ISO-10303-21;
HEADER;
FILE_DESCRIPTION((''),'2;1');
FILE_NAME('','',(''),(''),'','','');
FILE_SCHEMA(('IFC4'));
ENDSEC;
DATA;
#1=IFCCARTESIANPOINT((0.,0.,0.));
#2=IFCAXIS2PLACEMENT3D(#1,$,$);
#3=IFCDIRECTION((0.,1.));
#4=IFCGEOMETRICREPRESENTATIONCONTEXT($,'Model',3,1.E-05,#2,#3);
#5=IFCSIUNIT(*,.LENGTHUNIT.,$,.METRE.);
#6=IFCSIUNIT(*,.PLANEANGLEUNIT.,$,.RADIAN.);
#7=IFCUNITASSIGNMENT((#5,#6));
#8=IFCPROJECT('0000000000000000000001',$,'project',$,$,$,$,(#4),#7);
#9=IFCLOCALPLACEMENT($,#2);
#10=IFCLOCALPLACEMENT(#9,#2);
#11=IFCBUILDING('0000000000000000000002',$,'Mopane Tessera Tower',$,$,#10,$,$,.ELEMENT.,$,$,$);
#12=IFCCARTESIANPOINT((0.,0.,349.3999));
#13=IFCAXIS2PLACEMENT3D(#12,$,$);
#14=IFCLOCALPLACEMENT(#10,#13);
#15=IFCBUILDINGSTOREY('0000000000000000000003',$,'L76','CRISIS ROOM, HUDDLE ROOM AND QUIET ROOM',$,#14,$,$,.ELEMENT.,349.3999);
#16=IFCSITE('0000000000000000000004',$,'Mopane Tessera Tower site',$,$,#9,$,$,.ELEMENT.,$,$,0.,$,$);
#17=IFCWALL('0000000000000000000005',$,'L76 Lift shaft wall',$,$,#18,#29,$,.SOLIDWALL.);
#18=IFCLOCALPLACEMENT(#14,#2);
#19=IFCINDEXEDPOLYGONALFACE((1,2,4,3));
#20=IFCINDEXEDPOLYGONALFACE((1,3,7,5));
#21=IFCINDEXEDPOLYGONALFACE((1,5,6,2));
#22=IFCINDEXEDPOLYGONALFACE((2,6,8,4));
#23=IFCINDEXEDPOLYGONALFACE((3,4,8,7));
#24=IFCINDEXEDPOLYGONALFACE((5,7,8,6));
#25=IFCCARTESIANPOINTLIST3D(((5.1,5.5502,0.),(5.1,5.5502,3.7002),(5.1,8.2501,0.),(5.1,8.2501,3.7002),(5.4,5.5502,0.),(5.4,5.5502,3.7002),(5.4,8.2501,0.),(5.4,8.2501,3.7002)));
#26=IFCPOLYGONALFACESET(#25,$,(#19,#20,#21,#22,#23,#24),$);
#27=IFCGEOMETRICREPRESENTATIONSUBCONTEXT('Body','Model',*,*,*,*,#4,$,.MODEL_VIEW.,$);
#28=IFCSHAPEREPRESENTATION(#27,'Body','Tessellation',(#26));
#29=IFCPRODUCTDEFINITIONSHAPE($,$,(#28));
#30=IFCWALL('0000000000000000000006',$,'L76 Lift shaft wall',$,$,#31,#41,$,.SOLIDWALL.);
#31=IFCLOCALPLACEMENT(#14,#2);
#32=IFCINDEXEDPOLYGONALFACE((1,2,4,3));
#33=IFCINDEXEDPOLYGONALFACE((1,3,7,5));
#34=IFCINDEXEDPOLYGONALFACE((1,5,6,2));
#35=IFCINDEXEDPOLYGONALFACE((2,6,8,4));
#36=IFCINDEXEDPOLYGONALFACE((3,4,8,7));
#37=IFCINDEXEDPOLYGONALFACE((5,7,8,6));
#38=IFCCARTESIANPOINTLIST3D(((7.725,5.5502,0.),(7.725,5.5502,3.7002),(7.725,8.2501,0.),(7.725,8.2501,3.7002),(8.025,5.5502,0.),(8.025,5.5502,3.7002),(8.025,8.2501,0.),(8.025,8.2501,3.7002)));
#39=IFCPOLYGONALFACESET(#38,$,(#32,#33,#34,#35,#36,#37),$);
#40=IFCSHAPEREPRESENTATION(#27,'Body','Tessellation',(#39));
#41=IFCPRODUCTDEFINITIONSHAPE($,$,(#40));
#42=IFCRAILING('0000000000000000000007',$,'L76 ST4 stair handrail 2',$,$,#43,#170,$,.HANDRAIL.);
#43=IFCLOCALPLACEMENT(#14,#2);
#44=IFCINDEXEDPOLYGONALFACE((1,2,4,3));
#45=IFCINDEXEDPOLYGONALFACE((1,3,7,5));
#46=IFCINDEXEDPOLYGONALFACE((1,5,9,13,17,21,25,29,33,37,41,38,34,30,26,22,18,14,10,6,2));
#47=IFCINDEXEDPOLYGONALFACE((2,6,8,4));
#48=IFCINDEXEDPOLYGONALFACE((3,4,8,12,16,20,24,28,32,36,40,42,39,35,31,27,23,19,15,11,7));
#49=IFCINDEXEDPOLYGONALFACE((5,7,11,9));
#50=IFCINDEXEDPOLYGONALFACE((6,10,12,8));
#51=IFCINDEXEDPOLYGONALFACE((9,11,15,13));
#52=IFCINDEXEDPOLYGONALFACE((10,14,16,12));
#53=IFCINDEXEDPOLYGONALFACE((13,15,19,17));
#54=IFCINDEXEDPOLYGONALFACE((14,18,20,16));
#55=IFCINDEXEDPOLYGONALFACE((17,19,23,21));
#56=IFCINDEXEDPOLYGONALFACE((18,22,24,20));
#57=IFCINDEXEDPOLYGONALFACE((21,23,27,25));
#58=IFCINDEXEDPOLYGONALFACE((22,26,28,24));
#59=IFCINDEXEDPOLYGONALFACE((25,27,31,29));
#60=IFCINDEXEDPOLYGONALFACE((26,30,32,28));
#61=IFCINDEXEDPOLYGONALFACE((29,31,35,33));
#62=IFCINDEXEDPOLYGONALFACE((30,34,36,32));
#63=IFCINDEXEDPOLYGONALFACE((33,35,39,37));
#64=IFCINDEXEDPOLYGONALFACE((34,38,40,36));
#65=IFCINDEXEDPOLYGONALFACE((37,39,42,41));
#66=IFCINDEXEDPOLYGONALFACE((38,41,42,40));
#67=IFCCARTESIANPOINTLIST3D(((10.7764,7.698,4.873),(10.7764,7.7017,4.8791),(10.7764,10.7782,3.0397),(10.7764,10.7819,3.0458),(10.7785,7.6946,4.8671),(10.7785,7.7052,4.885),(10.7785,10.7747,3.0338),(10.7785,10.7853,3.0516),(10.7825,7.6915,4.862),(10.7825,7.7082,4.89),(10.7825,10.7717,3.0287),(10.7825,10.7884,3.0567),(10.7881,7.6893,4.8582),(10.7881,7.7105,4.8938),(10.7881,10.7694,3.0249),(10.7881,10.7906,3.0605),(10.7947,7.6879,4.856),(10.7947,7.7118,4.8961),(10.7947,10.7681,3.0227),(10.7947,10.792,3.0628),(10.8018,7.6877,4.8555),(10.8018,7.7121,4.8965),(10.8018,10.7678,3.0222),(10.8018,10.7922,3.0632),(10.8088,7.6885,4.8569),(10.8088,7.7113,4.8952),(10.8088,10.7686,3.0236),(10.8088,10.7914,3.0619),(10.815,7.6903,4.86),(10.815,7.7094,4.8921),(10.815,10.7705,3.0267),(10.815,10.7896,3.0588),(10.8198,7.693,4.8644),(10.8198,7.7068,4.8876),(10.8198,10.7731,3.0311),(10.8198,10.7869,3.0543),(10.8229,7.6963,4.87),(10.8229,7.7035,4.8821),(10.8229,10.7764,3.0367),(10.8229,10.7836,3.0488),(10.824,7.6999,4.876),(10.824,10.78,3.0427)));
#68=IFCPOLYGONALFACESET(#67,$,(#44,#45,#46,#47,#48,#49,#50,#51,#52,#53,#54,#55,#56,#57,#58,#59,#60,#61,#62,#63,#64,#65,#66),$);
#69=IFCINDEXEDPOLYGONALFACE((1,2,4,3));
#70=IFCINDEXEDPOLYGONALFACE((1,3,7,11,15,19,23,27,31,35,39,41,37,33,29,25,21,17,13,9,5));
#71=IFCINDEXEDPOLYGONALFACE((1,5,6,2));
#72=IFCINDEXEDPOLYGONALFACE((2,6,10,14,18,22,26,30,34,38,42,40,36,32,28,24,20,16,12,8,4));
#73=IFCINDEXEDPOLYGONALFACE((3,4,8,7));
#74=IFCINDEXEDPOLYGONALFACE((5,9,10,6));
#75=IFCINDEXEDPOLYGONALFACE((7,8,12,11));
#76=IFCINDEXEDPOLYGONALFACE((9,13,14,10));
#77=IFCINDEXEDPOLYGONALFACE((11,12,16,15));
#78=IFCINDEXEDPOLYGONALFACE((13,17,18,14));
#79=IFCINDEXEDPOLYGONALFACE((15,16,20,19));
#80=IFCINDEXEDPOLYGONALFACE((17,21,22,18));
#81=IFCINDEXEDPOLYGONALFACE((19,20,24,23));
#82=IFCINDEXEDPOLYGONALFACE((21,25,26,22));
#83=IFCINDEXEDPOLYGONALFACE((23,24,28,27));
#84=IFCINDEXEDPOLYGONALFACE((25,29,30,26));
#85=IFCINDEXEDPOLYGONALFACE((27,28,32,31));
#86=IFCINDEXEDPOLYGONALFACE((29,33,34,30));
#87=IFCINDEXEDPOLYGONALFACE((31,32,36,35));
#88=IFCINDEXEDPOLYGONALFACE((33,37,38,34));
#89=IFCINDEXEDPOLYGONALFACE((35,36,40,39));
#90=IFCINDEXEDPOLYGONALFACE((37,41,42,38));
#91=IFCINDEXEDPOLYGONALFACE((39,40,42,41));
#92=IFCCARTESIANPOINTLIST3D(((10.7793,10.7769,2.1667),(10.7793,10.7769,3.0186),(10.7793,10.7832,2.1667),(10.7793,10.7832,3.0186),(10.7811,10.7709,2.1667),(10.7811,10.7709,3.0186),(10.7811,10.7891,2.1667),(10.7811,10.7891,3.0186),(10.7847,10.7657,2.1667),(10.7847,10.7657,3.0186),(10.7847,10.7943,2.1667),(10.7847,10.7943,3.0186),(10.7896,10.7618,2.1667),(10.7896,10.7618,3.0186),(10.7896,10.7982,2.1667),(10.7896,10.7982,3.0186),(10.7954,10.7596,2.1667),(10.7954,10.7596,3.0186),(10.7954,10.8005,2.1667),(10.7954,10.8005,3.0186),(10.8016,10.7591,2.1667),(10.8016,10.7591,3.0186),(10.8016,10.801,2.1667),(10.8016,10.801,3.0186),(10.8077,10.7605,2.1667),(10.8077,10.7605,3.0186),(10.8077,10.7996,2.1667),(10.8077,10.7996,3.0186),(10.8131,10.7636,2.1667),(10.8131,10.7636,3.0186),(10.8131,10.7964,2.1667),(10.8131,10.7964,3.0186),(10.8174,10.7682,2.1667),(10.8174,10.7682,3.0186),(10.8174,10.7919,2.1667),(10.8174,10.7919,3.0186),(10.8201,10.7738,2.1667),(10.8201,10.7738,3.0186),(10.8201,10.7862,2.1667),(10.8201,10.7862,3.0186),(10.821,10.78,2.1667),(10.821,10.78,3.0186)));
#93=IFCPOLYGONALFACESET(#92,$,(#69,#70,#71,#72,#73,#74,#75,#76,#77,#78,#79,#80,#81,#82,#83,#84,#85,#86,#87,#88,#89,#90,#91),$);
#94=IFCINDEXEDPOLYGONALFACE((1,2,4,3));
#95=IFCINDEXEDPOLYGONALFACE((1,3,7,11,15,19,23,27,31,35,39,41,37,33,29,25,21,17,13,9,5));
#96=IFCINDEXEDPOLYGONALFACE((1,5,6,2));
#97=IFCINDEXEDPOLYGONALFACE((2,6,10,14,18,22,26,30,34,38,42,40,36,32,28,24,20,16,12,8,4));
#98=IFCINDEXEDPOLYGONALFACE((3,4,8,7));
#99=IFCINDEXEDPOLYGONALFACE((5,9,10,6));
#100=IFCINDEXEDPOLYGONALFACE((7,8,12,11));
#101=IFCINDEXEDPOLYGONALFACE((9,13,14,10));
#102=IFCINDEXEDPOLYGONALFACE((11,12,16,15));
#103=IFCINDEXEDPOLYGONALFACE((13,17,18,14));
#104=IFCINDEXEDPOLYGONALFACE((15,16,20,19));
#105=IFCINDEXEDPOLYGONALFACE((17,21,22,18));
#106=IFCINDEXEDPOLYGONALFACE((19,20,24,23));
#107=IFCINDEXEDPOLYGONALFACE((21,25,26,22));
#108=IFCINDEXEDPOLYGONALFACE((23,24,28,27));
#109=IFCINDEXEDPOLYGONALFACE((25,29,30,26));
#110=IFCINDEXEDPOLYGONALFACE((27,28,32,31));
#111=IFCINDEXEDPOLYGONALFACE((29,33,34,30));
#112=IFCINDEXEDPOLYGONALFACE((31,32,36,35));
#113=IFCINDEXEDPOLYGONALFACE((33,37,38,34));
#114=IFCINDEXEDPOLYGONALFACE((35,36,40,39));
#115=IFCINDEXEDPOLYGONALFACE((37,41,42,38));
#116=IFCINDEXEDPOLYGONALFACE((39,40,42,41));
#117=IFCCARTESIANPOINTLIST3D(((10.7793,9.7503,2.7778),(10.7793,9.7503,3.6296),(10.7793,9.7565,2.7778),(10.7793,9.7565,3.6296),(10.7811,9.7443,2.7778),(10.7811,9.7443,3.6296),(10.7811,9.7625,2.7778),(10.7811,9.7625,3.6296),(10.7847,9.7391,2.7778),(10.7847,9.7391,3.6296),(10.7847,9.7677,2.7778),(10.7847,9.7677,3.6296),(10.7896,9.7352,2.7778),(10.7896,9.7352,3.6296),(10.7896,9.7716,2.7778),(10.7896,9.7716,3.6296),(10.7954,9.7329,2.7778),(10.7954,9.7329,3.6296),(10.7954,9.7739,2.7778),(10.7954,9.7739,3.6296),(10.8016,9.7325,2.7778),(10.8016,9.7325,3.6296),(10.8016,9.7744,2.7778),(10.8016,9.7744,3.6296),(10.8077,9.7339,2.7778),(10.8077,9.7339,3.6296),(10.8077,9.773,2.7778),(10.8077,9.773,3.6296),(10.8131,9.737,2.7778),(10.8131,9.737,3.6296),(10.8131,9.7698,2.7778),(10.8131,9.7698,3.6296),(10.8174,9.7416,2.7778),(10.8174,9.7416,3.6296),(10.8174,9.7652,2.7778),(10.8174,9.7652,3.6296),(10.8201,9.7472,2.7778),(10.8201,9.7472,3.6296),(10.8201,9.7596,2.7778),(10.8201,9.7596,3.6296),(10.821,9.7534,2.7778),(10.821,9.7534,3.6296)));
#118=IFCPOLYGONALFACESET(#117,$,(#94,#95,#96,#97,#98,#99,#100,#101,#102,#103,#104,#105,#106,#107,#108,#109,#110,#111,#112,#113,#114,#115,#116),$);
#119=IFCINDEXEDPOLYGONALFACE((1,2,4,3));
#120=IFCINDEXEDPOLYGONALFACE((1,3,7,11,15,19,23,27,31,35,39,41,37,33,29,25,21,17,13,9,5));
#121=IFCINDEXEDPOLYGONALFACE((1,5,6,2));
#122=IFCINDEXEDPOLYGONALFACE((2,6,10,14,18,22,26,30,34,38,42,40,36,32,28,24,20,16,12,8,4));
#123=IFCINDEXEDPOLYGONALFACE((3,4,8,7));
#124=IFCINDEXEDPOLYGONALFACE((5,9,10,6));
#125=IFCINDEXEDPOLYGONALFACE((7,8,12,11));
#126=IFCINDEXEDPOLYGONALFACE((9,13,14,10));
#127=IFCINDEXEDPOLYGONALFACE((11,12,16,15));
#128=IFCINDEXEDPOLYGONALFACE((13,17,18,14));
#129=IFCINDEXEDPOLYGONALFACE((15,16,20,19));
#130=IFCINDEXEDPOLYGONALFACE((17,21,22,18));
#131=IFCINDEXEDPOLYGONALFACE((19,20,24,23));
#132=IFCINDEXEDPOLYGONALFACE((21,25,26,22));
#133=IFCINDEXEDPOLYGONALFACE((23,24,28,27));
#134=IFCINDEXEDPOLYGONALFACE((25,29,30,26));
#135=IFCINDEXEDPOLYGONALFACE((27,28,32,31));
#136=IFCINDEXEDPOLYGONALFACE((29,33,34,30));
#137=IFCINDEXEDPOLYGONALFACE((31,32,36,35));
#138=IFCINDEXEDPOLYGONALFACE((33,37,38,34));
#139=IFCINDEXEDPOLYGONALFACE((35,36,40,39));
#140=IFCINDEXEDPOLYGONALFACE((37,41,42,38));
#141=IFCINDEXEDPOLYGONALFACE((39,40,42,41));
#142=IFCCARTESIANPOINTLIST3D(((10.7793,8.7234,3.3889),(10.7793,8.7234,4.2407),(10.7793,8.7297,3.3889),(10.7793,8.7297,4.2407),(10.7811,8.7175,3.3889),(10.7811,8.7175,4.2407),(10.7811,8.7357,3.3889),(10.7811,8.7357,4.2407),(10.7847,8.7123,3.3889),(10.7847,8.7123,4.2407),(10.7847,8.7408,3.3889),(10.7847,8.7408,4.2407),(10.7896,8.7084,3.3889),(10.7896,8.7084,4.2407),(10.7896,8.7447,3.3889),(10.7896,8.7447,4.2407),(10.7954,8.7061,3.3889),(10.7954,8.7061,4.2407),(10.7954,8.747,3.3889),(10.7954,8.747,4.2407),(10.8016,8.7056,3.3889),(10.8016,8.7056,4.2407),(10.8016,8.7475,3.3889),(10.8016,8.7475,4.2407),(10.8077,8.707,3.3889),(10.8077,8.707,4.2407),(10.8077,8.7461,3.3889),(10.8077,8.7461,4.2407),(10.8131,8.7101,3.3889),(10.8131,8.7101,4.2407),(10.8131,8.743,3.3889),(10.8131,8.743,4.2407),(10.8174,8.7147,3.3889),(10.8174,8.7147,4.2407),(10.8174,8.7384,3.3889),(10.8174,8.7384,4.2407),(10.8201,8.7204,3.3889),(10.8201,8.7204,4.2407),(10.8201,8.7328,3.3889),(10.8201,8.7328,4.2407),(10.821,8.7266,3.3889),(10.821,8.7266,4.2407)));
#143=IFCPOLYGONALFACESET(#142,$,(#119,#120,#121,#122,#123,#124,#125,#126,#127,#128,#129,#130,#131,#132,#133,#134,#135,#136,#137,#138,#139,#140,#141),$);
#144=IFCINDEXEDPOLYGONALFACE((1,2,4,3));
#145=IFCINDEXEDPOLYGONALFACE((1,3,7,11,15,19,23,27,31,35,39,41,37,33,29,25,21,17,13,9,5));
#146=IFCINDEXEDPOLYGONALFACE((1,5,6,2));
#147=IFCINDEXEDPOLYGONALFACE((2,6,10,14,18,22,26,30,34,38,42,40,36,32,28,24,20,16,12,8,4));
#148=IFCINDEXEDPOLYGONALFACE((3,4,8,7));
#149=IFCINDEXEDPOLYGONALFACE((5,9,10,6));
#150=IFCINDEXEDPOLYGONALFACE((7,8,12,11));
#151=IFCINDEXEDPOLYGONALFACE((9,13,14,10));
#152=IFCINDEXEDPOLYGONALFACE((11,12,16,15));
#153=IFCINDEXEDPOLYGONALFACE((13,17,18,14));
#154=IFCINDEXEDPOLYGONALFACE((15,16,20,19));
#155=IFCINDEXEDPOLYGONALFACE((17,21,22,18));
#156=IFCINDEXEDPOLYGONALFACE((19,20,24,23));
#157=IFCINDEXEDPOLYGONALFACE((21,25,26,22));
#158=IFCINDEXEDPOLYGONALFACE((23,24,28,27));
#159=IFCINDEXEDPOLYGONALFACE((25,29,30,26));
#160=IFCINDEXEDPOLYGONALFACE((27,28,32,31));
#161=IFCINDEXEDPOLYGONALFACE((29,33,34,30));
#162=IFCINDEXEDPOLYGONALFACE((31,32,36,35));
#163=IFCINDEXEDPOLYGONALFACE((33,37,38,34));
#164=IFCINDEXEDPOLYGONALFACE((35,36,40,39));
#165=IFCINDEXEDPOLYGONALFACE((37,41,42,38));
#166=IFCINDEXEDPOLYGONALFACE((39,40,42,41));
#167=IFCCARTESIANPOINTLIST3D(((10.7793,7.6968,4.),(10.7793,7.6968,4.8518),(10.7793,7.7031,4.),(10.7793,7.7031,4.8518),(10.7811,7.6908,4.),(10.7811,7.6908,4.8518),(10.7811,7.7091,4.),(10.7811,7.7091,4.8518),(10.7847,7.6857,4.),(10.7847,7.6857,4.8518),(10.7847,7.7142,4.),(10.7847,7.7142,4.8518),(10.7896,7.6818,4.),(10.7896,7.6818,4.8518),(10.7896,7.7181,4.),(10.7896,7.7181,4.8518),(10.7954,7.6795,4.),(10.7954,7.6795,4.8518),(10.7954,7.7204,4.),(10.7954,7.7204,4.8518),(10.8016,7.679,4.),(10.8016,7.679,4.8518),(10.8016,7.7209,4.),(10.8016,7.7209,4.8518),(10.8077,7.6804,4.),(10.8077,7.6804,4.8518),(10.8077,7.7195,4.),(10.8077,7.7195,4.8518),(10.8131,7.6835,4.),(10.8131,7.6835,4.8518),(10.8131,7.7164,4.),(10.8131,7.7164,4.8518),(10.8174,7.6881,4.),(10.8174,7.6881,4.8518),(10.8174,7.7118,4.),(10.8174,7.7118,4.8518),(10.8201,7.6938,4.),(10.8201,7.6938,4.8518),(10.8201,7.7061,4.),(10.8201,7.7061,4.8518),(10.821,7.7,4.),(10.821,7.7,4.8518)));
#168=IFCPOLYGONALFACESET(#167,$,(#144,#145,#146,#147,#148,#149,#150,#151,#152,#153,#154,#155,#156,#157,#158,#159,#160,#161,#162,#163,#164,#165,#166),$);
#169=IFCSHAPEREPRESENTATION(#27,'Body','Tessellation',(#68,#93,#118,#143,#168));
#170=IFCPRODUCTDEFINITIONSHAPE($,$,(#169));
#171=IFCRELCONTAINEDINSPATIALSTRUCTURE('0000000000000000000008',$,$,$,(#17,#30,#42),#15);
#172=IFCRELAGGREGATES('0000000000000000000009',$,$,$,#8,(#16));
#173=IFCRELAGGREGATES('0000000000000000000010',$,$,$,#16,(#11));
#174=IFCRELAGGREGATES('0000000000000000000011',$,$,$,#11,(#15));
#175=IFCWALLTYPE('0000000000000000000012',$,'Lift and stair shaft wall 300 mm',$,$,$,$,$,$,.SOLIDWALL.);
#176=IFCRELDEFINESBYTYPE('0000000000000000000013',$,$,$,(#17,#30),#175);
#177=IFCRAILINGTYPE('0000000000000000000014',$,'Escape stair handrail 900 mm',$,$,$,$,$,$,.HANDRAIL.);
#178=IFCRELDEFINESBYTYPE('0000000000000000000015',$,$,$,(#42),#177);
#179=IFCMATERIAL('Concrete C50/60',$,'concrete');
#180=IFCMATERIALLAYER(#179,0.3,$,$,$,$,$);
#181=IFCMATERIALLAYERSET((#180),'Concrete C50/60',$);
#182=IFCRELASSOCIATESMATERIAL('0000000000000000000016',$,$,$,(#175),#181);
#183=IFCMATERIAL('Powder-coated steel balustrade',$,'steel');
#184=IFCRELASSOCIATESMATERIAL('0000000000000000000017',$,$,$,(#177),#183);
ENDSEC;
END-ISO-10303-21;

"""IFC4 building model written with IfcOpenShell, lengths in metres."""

from ifc_helpers import new_model, si_unit, direction, frame, frame_2d, origin, origin_2d, place, context, subcontext, project, spatial, rectangle, circle, extrude, material, layer, layer_set, type_object, element, save


model = new_model("IFC4")

# Units and contexts
model_context = context("Model", 3, precision=1e-05, world=origin(), true_north=direction((0.0, 1.0)))
body_context = subcontext(model_context, "Body", "Model", "MODEL_VIEW")
ifc_project = project(units=[si_unit("LENGTHUNIT", "METRE"), si_unit("PLANEANGLEUNIT", "RADIAN")], contexts=[model_context])

# Site, building, storey
site_placement = place(None, origin())
site = spatial("IfcSite", under=ifc_project, at=site_placement, Name="Mopane Tessera Tower site", CompositionType="ELEMENT", RefElevation=0.0)
building_placement = place(site_placement, origin())
building = spatial("IfcBuilding", under=site, at=building_placement, Name="Mopane Tessera Tower", CompositionType="ELEMENT")
storey_placement = place(building_placement, frame((0.0, 0.0, 349.3999)))
storey = spatial("IfcBuildingStorey", under=building, at=storey_placement, Name="L76", Description="CRISIS ROOM, HUDDLE ROOM AND QUIET ROOM", CompositionType="ELEMENT", Elevation=349.3999)

# Shared definitions
ifc_material_1 = material(Name="Concrete C50/60", Category="concrete")
ifc_layer_1 = layer(ifc_material_1, 0.3)
ifc_layer_set_1 = layer_set([ifc_layer_1], Name="Concrete C50/60")
wall_type_1 = type_object("IfcWallType", Name="Lift and stair shaft wall 300 mm", PredefinedType="SOLIDWALL", material=ifc_layer_set_1)

# Walls
for number, where, z_axis, x_axis, name in (
    (1, (5.25, 5.55, 0.0), (0.0, 0.0, 1.0), (0.0, 1.0, 0.0), "L76 Lift shaft wall"),
    (2, (7.875, 5.55, 0.0), (0.0, 0.0, 1.0), (0.0, 1.0, 0.0), "L76 Lift shaft wall"),
):
    element("IfcWall", number, at=place(storey_placement, frame(where, z_axis=z_axis, x_axis=x_axis)), inside=storey, type_object=wall_type_1, Name=name, PredefinedType="SOLIDWALL", context=body_context, shape_type="SweptSolid", body=[
        extrude(rectangle(XDim=2.7, YDim=0.3, at=frame_2d((1.3501, 0.0))), origin(), (0.0, 0.0, 1.0), 3.7002),
    ])

# Railing
ifc_material_2 = material(Name="Powder-coated steel balustrade", Category="steel")
railing_type = type_object("IfcRailingType", Name="Escape stair handrail 900 mm", PredefinedType="HANDRAIL", material=ifc_material_2)
railing_placement = place(storey_placement, frame((10.8, 10.78, 2.1667)))
element("IfcRailing", 3, at=railing_placement, inside=storey, type_object=railing_type, Name="L76 ST4 stair handrail 2", PredefinedType="HANDRAIL", context=body_context, shape_type="SweptSolid", body=[
    extrude(circle(Radius=0.0239, at=origin_2d()), frame((0.0, 0.0, 0.876), z_axis=(0.0, -0.859309, 0.511458), x_axis=(1.0, 0.0, 0.0)), (0.0, 0.0, 1.0), 3.5845),
    extrude(circle(Radius=0.021, at=origin_2d()), origin(), (0.0, 0.0, 1.0), 0.8518),
    extrude(circle(Radius=0.021, at=origin_2d()), frame((0.0, -1.0266, 0.6111)), (0.0, 0.0, 1.0), 0.8518),
    extrude(circle(Radius=0.021, at=origin_2d()), frame((0.0, -2.0535, 1.2222)), (0.0, 0.0, 1.0), 0.8518),
    extrude(circle(Radius=0.021, at=origin_2d()), frame((0.0, -3.0801, 1.8333)), (0.0, 0.0, 1.0), 0.8518),
])

save(model, "model.ifc")
